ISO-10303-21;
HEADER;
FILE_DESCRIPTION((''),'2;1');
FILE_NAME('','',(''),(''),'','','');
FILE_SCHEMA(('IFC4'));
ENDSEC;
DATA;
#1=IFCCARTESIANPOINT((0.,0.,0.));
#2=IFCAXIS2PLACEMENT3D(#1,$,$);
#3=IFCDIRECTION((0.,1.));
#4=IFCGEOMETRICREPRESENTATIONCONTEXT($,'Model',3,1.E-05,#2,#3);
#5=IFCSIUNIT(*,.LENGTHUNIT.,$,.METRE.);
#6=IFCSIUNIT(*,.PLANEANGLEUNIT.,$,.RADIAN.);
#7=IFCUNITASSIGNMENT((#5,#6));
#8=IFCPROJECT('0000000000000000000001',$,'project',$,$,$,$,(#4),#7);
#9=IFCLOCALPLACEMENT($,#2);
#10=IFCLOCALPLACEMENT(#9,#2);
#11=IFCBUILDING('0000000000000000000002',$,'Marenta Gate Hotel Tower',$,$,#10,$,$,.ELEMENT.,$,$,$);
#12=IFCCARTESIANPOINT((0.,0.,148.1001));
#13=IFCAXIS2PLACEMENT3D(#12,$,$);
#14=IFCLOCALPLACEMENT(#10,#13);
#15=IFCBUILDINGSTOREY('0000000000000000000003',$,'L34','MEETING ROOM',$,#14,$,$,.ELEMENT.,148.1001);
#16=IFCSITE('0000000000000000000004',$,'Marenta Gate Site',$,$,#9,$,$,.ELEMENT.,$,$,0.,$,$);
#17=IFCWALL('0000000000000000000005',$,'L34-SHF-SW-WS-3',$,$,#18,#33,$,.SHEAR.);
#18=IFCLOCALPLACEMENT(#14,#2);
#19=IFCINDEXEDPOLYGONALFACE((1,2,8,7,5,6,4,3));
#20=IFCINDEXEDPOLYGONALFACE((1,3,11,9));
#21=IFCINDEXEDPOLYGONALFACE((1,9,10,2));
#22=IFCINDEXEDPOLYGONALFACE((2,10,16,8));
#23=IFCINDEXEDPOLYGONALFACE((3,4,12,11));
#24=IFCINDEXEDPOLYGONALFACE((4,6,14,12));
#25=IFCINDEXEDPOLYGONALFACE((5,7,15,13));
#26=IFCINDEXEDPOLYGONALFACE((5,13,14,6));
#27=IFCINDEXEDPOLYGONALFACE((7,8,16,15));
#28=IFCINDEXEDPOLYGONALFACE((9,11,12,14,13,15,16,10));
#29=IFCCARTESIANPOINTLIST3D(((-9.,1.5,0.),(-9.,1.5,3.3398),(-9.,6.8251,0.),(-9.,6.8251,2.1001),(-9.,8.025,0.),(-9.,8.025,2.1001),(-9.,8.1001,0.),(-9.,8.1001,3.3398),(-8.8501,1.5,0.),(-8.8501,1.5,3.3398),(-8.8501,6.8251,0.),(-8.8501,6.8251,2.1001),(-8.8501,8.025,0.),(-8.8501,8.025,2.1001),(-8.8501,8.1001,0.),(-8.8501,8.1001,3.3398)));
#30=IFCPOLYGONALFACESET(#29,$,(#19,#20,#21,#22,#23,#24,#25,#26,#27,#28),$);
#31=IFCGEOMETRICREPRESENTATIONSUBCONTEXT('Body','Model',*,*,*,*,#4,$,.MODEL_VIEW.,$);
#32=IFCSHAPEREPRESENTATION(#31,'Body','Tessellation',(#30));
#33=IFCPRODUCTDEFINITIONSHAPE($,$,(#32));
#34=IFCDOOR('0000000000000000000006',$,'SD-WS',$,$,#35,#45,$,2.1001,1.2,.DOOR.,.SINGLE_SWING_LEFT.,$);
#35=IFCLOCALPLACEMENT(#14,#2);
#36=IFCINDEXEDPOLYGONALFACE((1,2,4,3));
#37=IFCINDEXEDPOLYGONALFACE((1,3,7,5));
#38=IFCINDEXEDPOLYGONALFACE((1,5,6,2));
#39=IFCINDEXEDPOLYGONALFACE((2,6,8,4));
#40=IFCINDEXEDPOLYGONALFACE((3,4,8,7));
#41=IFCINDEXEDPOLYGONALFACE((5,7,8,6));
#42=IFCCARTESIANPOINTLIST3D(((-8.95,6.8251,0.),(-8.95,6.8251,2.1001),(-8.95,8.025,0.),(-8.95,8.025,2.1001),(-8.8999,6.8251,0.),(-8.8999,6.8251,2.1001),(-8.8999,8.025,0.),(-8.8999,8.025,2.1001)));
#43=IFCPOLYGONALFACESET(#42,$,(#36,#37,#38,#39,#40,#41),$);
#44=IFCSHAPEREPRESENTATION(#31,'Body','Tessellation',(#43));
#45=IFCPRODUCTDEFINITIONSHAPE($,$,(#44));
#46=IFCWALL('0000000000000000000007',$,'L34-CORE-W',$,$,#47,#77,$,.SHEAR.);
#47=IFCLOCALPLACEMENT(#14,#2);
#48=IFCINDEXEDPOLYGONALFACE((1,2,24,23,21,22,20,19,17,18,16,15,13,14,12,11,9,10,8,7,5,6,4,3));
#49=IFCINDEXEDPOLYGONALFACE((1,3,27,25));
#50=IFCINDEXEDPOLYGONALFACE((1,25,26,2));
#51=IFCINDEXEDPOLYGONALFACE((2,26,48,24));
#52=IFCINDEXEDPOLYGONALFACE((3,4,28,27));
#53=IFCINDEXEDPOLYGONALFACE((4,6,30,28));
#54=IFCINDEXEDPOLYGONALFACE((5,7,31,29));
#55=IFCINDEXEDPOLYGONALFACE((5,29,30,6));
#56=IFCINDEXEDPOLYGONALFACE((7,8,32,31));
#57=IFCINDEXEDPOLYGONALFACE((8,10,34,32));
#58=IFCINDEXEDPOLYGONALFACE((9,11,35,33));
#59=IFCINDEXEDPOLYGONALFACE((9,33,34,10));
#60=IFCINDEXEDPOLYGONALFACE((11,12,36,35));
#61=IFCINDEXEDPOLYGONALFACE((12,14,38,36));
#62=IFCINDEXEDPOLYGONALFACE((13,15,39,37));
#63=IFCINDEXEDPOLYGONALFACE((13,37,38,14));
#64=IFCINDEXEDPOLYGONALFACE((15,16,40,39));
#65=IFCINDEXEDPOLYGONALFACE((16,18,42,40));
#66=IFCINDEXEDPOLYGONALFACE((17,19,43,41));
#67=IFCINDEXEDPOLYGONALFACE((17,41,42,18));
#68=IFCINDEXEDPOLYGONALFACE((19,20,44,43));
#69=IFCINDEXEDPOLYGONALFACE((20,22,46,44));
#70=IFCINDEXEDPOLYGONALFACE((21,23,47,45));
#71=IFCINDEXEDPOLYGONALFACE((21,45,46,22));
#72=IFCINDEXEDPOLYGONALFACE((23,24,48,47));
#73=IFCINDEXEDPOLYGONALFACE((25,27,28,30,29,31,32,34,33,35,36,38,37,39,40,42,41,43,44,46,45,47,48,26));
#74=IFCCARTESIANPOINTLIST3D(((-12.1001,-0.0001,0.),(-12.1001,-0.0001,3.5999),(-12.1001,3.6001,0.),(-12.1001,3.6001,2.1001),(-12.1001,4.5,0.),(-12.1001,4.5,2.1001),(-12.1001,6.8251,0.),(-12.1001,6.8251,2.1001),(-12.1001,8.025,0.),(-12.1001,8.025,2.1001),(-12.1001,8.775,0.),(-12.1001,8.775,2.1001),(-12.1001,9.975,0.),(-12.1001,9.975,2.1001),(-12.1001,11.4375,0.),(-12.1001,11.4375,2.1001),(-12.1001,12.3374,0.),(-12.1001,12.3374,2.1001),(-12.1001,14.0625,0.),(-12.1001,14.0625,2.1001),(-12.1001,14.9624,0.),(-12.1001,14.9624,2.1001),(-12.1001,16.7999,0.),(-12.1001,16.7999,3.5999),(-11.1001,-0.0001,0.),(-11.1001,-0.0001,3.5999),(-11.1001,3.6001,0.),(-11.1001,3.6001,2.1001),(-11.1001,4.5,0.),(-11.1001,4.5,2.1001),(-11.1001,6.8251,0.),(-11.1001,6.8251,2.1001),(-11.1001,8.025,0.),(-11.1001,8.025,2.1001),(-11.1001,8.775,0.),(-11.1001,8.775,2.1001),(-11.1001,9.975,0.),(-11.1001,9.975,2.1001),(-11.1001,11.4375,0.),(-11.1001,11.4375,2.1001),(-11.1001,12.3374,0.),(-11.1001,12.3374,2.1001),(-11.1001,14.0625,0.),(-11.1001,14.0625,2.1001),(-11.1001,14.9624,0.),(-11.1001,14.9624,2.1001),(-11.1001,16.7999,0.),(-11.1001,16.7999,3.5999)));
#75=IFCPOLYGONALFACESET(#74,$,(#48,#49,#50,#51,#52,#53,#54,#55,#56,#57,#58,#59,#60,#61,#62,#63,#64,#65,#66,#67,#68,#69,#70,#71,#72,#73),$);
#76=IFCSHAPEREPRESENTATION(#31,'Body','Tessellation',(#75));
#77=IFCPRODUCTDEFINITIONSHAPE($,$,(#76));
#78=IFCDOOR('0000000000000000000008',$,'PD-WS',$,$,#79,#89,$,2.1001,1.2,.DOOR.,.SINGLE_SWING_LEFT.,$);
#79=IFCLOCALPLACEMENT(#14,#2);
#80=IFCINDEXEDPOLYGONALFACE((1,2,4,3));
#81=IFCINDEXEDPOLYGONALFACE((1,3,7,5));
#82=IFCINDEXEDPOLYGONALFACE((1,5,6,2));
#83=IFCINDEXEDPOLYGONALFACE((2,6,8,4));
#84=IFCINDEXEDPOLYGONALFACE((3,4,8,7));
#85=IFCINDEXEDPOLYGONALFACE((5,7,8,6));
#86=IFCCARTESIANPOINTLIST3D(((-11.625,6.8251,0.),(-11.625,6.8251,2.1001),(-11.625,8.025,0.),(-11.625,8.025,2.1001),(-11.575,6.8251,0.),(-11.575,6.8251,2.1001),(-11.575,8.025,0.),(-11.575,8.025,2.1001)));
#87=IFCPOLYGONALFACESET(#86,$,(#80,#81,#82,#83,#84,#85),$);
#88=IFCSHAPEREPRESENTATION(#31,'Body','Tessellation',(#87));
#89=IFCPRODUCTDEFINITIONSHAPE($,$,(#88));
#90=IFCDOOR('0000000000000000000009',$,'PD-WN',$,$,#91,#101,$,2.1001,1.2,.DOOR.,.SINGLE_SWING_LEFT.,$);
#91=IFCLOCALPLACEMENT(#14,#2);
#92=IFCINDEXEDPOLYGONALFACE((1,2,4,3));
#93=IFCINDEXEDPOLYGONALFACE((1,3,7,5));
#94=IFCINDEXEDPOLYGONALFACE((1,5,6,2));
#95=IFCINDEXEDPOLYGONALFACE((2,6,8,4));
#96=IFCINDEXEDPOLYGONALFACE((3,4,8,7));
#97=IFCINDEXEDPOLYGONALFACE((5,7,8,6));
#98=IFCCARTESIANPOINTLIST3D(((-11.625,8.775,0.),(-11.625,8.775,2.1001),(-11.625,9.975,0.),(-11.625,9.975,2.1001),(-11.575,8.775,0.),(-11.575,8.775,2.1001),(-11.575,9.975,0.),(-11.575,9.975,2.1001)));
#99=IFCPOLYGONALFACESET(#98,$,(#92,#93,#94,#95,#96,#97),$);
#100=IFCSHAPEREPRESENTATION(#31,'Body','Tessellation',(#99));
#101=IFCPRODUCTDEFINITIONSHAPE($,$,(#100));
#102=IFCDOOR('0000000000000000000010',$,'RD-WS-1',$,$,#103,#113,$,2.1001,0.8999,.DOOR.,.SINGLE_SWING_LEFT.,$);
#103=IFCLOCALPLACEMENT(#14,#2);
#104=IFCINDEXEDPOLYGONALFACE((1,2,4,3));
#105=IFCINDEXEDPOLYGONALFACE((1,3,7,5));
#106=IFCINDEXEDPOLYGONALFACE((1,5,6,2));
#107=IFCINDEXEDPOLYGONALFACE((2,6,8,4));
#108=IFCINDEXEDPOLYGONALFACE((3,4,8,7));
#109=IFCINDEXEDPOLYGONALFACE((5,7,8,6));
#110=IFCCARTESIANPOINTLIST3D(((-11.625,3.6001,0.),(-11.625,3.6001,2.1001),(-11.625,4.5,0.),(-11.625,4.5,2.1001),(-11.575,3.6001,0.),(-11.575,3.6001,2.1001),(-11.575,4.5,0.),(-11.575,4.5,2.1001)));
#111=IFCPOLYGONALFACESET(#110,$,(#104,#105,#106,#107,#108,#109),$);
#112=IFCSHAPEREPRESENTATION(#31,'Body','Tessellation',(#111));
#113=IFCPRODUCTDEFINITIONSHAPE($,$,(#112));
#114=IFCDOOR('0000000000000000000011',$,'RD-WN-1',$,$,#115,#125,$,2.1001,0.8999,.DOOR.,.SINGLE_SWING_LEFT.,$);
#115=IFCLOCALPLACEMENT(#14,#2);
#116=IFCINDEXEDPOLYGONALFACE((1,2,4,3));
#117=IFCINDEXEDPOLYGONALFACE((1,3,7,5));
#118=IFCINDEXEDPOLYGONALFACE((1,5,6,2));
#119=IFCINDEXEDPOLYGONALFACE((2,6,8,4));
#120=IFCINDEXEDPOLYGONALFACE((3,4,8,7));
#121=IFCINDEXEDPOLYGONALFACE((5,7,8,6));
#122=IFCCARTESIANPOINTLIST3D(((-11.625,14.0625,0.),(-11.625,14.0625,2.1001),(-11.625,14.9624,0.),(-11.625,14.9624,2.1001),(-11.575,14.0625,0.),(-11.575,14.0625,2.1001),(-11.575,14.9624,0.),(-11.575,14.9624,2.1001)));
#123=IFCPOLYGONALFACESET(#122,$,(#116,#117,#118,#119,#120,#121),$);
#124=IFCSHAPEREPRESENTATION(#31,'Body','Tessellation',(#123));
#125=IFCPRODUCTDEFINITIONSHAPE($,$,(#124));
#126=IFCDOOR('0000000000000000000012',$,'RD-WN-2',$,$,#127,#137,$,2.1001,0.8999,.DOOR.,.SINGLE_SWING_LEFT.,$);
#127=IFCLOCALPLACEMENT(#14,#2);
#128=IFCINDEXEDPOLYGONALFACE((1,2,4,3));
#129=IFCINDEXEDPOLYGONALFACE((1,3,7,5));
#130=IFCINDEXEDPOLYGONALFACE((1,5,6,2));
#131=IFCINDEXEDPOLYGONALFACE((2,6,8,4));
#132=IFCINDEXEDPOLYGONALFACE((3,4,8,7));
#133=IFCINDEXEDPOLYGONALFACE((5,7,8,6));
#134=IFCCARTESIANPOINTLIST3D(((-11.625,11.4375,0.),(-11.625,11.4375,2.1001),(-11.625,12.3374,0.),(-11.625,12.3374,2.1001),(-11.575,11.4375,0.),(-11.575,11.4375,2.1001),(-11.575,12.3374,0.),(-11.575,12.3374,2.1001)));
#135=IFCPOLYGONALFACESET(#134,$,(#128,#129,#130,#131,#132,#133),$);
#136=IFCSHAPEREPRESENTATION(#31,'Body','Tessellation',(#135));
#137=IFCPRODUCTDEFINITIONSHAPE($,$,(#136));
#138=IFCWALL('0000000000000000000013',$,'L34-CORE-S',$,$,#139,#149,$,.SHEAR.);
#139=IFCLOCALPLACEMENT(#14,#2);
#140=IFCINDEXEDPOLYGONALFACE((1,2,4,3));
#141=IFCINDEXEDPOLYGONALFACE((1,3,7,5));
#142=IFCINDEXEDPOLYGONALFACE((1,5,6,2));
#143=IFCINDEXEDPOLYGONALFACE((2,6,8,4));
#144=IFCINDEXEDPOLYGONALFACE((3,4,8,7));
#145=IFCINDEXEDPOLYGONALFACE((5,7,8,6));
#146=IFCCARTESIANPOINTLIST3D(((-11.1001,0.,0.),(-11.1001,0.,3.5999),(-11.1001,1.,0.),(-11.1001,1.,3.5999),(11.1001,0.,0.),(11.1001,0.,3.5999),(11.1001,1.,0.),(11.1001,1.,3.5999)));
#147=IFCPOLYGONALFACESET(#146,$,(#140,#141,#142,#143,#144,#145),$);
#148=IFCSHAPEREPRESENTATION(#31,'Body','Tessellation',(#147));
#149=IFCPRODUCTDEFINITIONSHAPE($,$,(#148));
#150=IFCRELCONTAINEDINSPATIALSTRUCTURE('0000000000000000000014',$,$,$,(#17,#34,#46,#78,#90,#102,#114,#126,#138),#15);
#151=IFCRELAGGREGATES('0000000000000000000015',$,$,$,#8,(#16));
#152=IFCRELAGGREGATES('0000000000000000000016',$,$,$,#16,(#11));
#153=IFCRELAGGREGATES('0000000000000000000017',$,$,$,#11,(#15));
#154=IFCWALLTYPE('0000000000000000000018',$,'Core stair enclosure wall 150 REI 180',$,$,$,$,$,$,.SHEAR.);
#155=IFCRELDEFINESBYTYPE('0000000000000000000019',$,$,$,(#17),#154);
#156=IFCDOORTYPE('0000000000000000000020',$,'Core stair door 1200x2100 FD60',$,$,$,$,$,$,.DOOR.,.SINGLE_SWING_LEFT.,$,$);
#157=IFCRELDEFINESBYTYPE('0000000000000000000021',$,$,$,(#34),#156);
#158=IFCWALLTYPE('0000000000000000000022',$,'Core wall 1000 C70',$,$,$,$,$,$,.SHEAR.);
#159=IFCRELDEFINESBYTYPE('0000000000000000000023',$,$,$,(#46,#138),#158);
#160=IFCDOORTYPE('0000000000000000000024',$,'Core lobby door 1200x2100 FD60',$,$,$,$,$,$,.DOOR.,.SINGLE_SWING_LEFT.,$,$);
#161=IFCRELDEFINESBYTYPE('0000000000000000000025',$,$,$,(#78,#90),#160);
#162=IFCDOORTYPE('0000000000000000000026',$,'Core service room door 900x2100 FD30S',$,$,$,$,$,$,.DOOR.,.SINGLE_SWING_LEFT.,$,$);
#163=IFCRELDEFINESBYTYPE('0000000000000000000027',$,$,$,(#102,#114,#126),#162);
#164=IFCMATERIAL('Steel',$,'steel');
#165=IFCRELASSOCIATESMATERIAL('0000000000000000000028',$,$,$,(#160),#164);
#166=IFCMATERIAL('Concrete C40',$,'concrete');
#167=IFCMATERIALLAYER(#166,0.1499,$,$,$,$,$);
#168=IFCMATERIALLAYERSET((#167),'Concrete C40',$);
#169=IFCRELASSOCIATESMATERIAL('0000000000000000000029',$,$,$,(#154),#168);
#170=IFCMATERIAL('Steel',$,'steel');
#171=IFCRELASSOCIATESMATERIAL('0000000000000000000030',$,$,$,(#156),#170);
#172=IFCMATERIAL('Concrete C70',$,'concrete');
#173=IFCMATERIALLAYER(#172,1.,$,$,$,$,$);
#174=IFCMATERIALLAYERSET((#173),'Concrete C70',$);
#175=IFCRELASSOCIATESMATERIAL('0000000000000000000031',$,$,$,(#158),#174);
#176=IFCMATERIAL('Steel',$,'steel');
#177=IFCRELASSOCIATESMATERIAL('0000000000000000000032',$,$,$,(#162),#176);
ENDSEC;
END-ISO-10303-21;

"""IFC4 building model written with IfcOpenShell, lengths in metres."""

from ifc_helpers import new_model, si_unit, direction, frame, frame_2d, origin, place, context, subcontext, project, spatial, rectangle, extrude, material, layer, layer_set, type_object, element, fill, save


model = new_model("IFC4")

# Units and contexts
model_context = context("Model", 3, precision=1e-05, world=origin(), true_north=direction((0.0, 1.0)))
body_context = subcontext(model_context, "Body", "Model", "MODEL_VIEW")
ifc_project = project(units=[si_unit("LENGTHUNIT", "METRE"), si_unit("PLANEANGLEUNIT", "RADIAN")], contexts=[model_context])

# Site, building, storey
site_placement = place(None, origin())
site = spatial("IfcSite", under=ifc_project, at=site_placement, Name="Marenta Gate Site", CompositionType="ELEMENT", RefElevation=0.0)
building_placement = place(site_placement, origin())
building = spatial("IfcBuilding", under=site, at=building_placement, Name="Marenta Gate Hotel Tower", CompositionType="ELEMENT")
storey_placement = place(building_placement, frame((0.0, 0.0, 148.1001)))
storey = spatial("IfcBuildingStorey", under=building, at=storey_placement, Name="L34", Description="MEETING ROOM", CompositionType="ELEMENT", Elevation=148.1001)

# Shared definitions
ifc_material_1 = material(Name="Steel", Category="steel")
door_type_1 = type_object("IfcDoorType", Name="Core lobby door 1200x2100 FD60", OperationType="SINGLE_SWING_LEFT", PredefinedType="DOOR", material=ifc_material_1)

# Wall, opening, door
ifc_material_2 = material(Name="Concrete C40", Category="concrete")
ifc_layer_1 = layer(ifc_material_2, 0.1499)
ifc_layer_set_1 = layer_set([ifc_layer_1], Name="Concrete C40")
wall_type_1 = type_object("IfcWallType", Name="Core stair enclosure wall 150 REI 180", PredefinedType="SHEAR", material=ifc_layer_set_1)
wall_1_placement = place(storey_placement, frame((-8.925, 1.5, 0.0), z_axis=(0.0, 0.0, 1.0), x_axis=(0.0, 1.0, 0.0)))
wall_1 = element("IfcWall", 1, at=wall_1_placement, inside=storey, type_object=wall_type_1, Name="L34-SHF-SW-WS-3", PredefinedType="SHEAR", context=body_context, shape_type="SweptSolid", body=[
    extrude(rectangle(XDim=6.6001, YDim=0.1499, at=frame_2d((3.3, 0.0))), origin(), (0.0, 0.0, 1.0), 3.3398),
])
opening_1_placement = place(wall_1_placement, frame((5.325, 0.0, 0.0)))
opening_1 = element("IfcOpeningElement", 2, at=opening_1_placement, cuts=wall_1, PredefinedType="OPENING", context=body_context, shape_type="SweptSolid", body=[
    extrude(rectangle(XDim=1.2, YDim=2.1001, at=frame_2d((0.6001, 1.05))), frame((0.0, 0.075, 0.0), z_axis=(0.0, -1.0, 0.0), x_axis=(1.0, 0.0, 0.0)), (0.0, 0.0, 1.0), 0.1499),
])
ifc_material_3 = material(Name="Steel", Category="steel")
door_type_2 = type_object("IfcDoorType", Name="Core stair door 1200x2100 FD60", OperationType="SINGLE_SWING_LEFT", PredefinedType="DOOR", material=ifc_material_3)
door_1_placement = place(opening_1_placement, origin())
door_1 = element("IfcDoor", 3, at=door_1_placement, inside=storey, type_object=door_type_2, Name="SD-WS", OperationType="SINGLE_SWING_LEFT", OverallHeight=2.1001, OverallWidth=1.2, PredefinedType="DOOR", context=body_context, shape_type="SweptSolid", body=[
    extrude(rectangle(XDim=1.2, YDim=2.1001, at=frame_2d((0.6001, 1.05))), frame((0.0, 0.0249, 0.0), z_axis=(0.0, -1.0, 0.0), x_axis=(1.0, 0.0, 0.0)), (0.0, 0.0, 1.0), 0.05),
])
fill(opening_1, door_1)

# Wall, openings, doors
ifc_material_4 = material(Name="Concrete C70", Category="concrete")
ifc_layer_2 = layer(ifc_material_4, 1.0)
ifc_layer_set_2 = layer_set([ifc_layer_2], Name="Concrete C70")
wall_type_2 = type_object("IfcWallType", Name="Core wall 1000 C70", PredefinedType="SHEAR", material=ifc_layer_set_2)
wall_2_placement = place(storey_placement, frame((-11.6001, 0.0, 0.0), z_axis=(0.0, 0.0, 1.0), x_axis=(0.0, 1.0, 0.0)))
wall_2 = element("IfcWall", 4, at=wall_2_placement, inside=storey, type_object=wall_type_2, Name="L34-CORE-W", PredefinedType="SHEAR", context=body_context, shape_type="SweptSolid", body=[
    extrude(rectangle(XDim=16.8, YDim=1.0, at=frame_2d((8.3999, 0.0))), origin(), (0.0, 0.0, 1.0), 3.5999),
])
opening_2_placement = place(wall_2_placement, frame((3.6001, 0.0, 0.0)))
opening_2 = element("IfcOpeningElement", 5, at=opening_2_placement, cuts=wall_2, PredefinedType="OPENING", context=body_context, shape_type="SweptSolid", body=[
    extrude(rectangle(XDim=0.8999, YDim=2.1001, at=frame_2d((0.45, 1.05))), frame((0.0, 0.5, 0.0), z_axis=(0.0, -1.0, 0.0), x_axis=(1.0, 0.0, 0.0)), (0.0, 0.0, 1.0), 1.0),
])
opening_3_placement = place(wall_2_placement, frame((6.825, 0.0, 0.0)))
opening_3 = element("IfcOpeningElement", 6, at=opening_3_placement, cuts=wall_2, PredefinedType="OPENING", context=body_context, shape_type="SweptSolid", body=[
    extrude(rectangle(XDim=1.2, YDim=2.1001, at=frame_2d((0.6001, 1.05))), frame((0.0, 0.5, 0.0), z_axis=(0.0, -1.0, 0.0), x_axis=(1.0, 0.0, 0.0)), (0.0, 0.0, 1.0), 1.0),
])
opening_4_placement = place(wall_2_placement, frame((14.0625, 0.0, 0.0)))
opening_4 = element("IfcOpeningElement", 7, at=opening_4_placement, cuts=wall_2, PredefinedType="OPENING", context=body_context, shape_type="SweptSolid", body=[
    extrude(rectangle(XDim=0.8999, YDim=2.1001, at=frame_2d((0.45, 1.05))), frame((0.0, 0.5, 0.0), z_axis=(0.0, -1.0, 0.0), x_axis=(1.0, 0.0, 0.0)), (0.0, 0.0, 1.0), 1.0),
])
opening_5_placement = place(wall_2_placement, frame((11.4375, 0.0, 0.0)))
opening_5 = element("IfcOpeningElement", 8, at=opening_5_placement, cuts=wall_2, PredefinedType="OPENING", context=body_context, shape_type="SweptSolid", body=[
    extrude(rectangle(XDim=0.8999, YDim=2.1001, at=frame_2d((0.45, 1.05))), frame((0.0, 0.5, 0.0), z_axis=(0.0, -1.0, 0.0), x_axis=(1.0, 0.0, 0.0)), (0.0, 0.0, 1.0), 1.0),
])
opening_6_placement = place(wall_2_placement, frame((8.7749, 0.0, 0.0)))
opening_6 = element("IfcOpeningElement", 9, at=opening_6_placement, cuts=wall_2, PredefinedType="OPENING", context=body_context, shape_type="SweptSolid", body=[
    extrude(rectangle(XDim=1.2, YDim=2.1001, at=frame_2d((0.6001, 1.05))), frame((0.0, 0.5, 0.0), z_axis=(0.0, -1.0, 0.0), x_axis=(1.0, 0.0, 0.0)), (0.0, 0.0, 1.0), 1.0),
])
door_2_placement = place(opening_3_placement, origin())
door_2 = element("IfcDoor", 10, at=door_2_placement, inside=storey, type_object=door_type_1, Name="PD-WS", OperationType="SINGLE_SWING_LEFT", OverallHeight=2.1001, OverallWidth=1.2, PredefinedType="DOOR", context=body_context, shape_type="SweptSolid", body=[
    extrude(rectangle(XDim=1.2, YDim=2.1001, at=frame_2d((0.6001, 1.05))), frame((0.0, 0.0249, 0.0), z_axis=(0.0, -1.0, 0.0), x_axis=(1.0, 0.0, 0.0)), (0.0, 0.0, 1.0), 0.05),
])
fill(opening_3, door_2)
door_3_placement = place(opening_6_placement, origin())
door_3 = element("IfcDoor", 11, at=door_3_placement, inside=storey, type_object=door_type_1, Name="PD-WN", OperationType="SINGLE_SWING_LEFT", OverallHeight=2.1001, OverallWidth=1.2, PredefinedType="DOOR", context=body_context, shape_type="SweptSolid", body=[
    extrude(rectangle(XDim=1.2, YDim=2.1001, at=frame_2d((0.6001, 1.05))), frame((0.0, 0.0249, 0.0), z_axis=(0.0, -1.0, 0.0), x_axis=(1.0, 0.0, 0.0)), (0.0, 0.0, 1.0), 0.05),
])
fill(opening_6, door_3)
ifc_material_5 = material(Name="Steel", Category="steel")
door_type_3 = type_object("IfcDoorType", Name="Core service room door 900x2100 FD30S", OperationType="SINGLE_SWING_LEFT", PredefinedType="DOOR", material=ifc_material_5)
door_4_placement = place(opening_2_placement, origin())
door_4 = element("IfcDoor", 12, at=door_4_placement, inside=storey, type_object=door_type_3, Name="RD-WS-1", OperationType="SINGLE_SWING_LEFT", OverallHeight=2.1001, OverallWidth=0.8999, PredefinedType="DOOR", context=body_context, shape_type="SweptSolid", body=[
    extrude(rectangle(XDim=0.8999, YDim=2.1001, at=frame_2d((0.45, 1.05))), frame((0.0, 0.0249, 0.0), z_axis=(0.0, -1.0, 0.0), x_axis=(1.0, 0.0, 0.0)), (0.0, 0.0, 1.0), 0.05),
])
fill(opening_2, door_4)
door_5_placement = place(opening_4_placement, origin())
door_5 = element("IfcDoor", 13, at=door_5_placement, inside=storey, type_object=door_type_3, Name="RD-WN-1", OperationType="SINGLE_SWING_LEFT", OverallHeight=2.1001, OverallWidth=0.8999, PredefinedType="DOOR", context=body_context, shape_type="SweptSolid", body=[
    extrude(rectangle(XDim=0.8999, YDim=2.1001, at=frame_2d((0.45, 1.05))), frame((0.0, 0.0249, 0.0), z_axis=(0.0, -1.0, 0.0), x_axis=(1.0, 0.0, 0.0)), (0.0, 0.0, 1.0), 0.05),
])
fill(opening_4, door_5)
door_6_placement = place(opening_5_placement, origin())
door_6 = element("IfcDoor", 14, at=door_6_placement, inside=storey, type_object=door_type_3, Name="RD-WN-2", OperationType="SINGLE_SWING_LEFT", OverallHeight=2.1001, OverallWidth=0.8999, PredefinedType="DOOR", context=body_context, shape_type="SweptSolid", body=[
    extrude(rectangle(XDim=0.8999, YDim=2.1001, at=frame_2d((0.45, 1.05))), frame((0.0, 0.0249, 0.0), z_axis=(0.0, -1.0, 0.0), x_axis=(1.0, 0.0, 0.0)), (0.0, 0.0, 1.0), 0.05),
])
fill(opening_5, door_6)

# Wall
wall_3_placement = place(storey_placement, frame((-11.1001, 0.5, 0.0), z_axis=(0.0, 0.0, 1.0), x_axis=(1.0, 0.0, 0.0)))
element("IfcWall", 15, at=wall_3_placement, inside=storey, type_object=wall_type_2, Name="L34-CORE-S", PredefinedType="SHEAR", context=body_context, shape_type="SweptSolid", body=[
    extrude(rectangle(XDim=22.2002, YDim=1.0, at=frame_2d((11.1001, 0.0))), origin(), (0.0, 0.0, 1.0), 3.5999),
])

save(model, "model.ifc")
